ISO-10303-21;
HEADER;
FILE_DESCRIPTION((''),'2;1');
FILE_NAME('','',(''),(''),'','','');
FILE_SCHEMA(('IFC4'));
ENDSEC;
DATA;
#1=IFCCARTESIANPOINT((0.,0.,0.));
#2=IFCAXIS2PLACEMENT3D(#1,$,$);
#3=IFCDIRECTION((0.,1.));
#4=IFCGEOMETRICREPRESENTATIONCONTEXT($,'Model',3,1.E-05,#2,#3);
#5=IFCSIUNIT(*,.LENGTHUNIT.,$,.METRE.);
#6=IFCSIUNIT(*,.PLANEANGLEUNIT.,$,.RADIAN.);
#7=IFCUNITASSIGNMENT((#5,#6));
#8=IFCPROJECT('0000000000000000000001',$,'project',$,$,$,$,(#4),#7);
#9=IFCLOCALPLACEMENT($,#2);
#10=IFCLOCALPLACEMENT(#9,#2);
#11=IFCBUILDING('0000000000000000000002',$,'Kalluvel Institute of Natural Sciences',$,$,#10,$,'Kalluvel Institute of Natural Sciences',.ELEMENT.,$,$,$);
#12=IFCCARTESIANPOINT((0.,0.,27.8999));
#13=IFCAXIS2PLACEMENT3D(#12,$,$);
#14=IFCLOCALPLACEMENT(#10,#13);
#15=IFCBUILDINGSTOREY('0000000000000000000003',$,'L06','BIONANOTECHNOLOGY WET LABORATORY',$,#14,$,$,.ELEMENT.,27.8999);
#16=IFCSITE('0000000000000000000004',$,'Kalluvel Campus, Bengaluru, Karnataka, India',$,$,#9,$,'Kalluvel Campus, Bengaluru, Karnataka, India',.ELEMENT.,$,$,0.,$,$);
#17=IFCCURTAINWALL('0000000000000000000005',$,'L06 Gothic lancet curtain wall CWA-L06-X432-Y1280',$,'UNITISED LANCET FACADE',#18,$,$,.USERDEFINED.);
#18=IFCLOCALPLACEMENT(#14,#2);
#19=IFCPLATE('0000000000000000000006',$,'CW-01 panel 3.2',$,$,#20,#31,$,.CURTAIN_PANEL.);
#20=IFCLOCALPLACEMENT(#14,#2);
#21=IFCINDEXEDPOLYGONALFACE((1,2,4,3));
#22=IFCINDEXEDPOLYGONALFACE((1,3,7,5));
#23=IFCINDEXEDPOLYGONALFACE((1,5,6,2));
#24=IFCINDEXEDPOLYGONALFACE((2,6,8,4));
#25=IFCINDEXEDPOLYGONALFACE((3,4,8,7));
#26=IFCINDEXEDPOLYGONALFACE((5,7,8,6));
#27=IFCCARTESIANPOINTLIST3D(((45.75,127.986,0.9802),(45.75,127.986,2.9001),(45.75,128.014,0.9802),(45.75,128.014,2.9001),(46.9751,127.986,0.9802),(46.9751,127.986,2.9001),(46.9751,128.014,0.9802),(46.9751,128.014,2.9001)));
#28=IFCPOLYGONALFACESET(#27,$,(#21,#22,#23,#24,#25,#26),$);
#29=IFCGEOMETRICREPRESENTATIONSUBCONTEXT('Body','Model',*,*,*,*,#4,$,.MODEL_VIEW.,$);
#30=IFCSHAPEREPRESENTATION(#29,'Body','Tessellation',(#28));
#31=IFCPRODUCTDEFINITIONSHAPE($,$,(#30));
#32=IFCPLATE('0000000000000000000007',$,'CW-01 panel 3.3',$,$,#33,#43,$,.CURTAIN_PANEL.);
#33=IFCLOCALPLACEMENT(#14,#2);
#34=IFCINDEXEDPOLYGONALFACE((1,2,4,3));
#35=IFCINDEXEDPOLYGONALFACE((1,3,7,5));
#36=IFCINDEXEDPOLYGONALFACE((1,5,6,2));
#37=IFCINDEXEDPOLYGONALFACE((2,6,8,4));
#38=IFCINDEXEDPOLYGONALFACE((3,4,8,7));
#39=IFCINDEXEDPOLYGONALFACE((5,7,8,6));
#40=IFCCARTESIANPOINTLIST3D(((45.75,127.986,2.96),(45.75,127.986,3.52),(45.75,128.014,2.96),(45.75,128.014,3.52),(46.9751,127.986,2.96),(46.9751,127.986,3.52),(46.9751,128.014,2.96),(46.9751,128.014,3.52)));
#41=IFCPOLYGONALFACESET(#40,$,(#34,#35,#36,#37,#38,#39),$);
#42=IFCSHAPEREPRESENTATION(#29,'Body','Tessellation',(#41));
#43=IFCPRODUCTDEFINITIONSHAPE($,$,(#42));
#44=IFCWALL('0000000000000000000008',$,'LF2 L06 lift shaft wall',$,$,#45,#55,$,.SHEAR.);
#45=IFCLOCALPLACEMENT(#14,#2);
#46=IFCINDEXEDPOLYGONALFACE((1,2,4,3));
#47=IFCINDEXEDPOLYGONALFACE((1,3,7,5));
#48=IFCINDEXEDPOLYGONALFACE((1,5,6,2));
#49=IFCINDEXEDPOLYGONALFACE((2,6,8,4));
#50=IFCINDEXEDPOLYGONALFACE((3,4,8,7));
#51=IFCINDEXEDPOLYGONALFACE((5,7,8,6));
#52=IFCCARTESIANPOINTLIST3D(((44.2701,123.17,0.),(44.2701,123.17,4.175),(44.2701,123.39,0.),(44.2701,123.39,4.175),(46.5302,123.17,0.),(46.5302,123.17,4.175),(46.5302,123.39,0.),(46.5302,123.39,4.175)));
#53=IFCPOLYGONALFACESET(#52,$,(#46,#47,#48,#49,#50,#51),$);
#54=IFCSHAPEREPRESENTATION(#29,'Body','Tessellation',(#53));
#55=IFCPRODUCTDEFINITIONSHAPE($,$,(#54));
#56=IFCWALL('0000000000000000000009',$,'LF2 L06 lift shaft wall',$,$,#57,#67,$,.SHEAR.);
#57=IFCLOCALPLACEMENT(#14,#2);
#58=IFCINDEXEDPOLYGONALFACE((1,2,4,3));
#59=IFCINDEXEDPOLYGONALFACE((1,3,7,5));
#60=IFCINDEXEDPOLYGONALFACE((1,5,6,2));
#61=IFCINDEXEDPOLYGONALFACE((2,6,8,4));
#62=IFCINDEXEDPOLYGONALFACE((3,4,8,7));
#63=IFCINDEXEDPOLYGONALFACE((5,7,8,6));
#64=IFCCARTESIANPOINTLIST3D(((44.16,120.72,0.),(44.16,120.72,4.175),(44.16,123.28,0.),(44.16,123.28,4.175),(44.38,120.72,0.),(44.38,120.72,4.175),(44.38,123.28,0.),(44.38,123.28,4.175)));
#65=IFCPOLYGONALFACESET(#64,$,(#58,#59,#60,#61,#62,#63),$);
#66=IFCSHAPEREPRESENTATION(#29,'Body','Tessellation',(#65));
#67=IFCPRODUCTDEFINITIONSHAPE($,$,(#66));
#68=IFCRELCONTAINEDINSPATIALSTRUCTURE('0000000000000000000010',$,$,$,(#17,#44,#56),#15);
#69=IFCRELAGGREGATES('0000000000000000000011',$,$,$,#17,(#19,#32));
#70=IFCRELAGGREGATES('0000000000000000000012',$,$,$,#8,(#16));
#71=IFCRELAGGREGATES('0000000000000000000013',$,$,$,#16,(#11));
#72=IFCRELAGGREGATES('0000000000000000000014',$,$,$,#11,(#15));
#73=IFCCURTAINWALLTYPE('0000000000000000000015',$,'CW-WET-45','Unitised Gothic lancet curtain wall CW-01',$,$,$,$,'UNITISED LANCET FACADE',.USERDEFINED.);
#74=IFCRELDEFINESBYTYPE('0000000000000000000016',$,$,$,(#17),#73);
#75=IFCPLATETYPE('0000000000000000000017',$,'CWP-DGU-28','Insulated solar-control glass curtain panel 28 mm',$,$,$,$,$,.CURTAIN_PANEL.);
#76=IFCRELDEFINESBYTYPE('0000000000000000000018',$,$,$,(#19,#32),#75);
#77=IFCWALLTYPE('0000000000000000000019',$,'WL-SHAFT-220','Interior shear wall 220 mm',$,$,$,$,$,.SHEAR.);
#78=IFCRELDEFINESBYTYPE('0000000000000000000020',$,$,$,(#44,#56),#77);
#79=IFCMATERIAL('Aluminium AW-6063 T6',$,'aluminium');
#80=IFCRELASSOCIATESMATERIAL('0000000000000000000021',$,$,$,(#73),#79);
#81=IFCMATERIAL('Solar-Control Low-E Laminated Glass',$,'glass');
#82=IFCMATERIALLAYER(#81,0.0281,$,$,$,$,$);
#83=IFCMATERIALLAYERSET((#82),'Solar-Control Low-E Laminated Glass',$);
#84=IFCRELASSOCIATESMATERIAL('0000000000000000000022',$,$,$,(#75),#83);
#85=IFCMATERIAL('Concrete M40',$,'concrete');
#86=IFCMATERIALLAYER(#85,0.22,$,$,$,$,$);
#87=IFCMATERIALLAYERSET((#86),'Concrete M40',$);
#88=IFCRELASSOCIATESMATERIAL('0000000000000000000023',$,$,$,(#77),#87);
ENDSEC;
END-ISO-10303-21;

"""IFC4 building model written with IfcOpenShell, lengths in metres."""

from ifc_helpers import new_model, si_unit, direction, frame, frame_2d, origin, origin_2d, place, context, subcontext, project, spatial, rectangle, extrude, material, layer, layer_set, type_object, element, aggregate, save


model = new_model("IFC4")

# Units and contexts
model_context = context("Model", 3, precision=1e-05, world=origin(), true_north=direction((0.0, 1.0)))
body_context = subcontext(model_context, "Body", "Model", "MODEL_VIEW")
ifc_project = project(units=[si_unit("LENGTHUNIT", "METRE"), si_unit("PLANEANGLEUNIT", "RADIAN")], contexts=[model_context])

# Site, building, storey
site_placement = place(None, origin())
site = spatial("IfcSite", under=ifc_project, at=site_placement, Name="Kalluvel Campus, Bengaluru, Karnataka, India", LongName="Kalluvel Campus, Bengaluru, Karnataka, India", CompositionType="ELEMENT", RefElevation=0.0)
building_placement = place(site_placement, origin())
building = spatial("IfcBuilding", under=site, at=building_placement, Name="Kalluvel Institute of Natural Sciences", LongName="Kalluvel Institute of Natural Sciences", CompositionType="ELEMENT")
storey_placement = place(building_placement, frame((0.0, 0.0, 27.8999)))
storey = spatial("IfcBuildingStorey", under=building, at=storey_placement, Name="L06", Description="BIONANOTECHNOLOGY WET LABORATORY", CompositionType="ELEMENT", Elevation=27.8999)

# Curtain wall, plates
ifc_material_1 = material(Name="Aluminium AW-6063 T6", Category="aluminium")
curtain_wall_type = type_object("IfcCurtainWallType", Name="CW-WET-45", Description="Unitised Gothic lancet curtain wall CW-01", ElementType="UNITISED LANCET FACADE", PredefinedType="USERDEFINED", material=ifc_material_1)
curtain_wall_placement = place(storey_placement, origin())
curtain_wall = element("IfcCurtainWall", 1, at=curtain_wall_placement, inside=storey, type_object=curtain_wall_type, Name="L06 Gothic lancet curtain wall CWA-L06-X432-Y1280", ObjectType="UNITISED LANCET FACADE", PredefinedType="USERDEFINED")
ifc_material_2 = material(Name="Solar-Control Low-E Laminated Glass", Category="glass")
ifc_layer_1 = layer(ifc_material_2, 0.0281)
ifc_layer_set_1 = layer_set([ifc_layer_1], Name="Solar-Control Low-E Laminated Glass")
plate_type = type_object("IfcPlateType", Name="CWP-DGU-28", Description="Insulated solar-control glass curtain panel 28 mm", PredefinedType="CURTAIN_PANEL", material=ifc_layer_set_1)
plate_1_placement = place(storey_placement, frame((46.3625, 128.0, 0.9802), z_axis=(0.0, 0.0, 1.0), x_axis=(1.0, 0.0, 0.0)))
plate_1 = element("IfcPlate", 2, at=plate_1_placement, type_object=plate_type, Name="CW-01 panel 3.2", PredefinedType="CURTAIN_PANEL", context=body_context, shape_type="SweptSolid", body=[
    extrude(rectangle(XDim=1.2251, YDim=0.0281, at=origin_2d()), origin(), (0.0, 0.0, 1.0), 1.9199),
])
plate_2_placement = place(storey_placement, frame((46.3625, 128.0, 2.96), z_axis=(0.0, 0.0, 1.0), x_axis=(1.0, 0.0, 0.0)))
plate_2 = element("IfcPlate", 3, at=plate_2_placement, type_object=plate_type, Name="CW-01 panel 3.3", PredefinedType="CURTAIN_PANEL", context=body_context, shape_type="SweptSolid", body=[
    extrude(rectangle(XDim=1.2251, YDim=0.0281, at=origin_2d()), origin(), (0.0, 0.0, 1.0), 0.5601),
])
aggregate(curtain_wall, [plate_1, plate_2])

# Walls
ifc_material_3 = material(Name="Concrete M40", Category="concrete")
ifc_layer_2 = layer(ifc_material_3, 0.22)
ifc_layer_set_2 = layer_set([ifc_layer_2], Name="Concrete M40")
wall_type = type_object("IfcWallType", Name="WL-SHAFT-220", Description="Interior shear wall 220 mm", PredefinedType="SHEAR", material=ifc_layer_set_2)
wall_1_placement = place(storey_placement, frame((46.53, 123.28, 0.0), z_axis=(0.0, 0.0, 1.0), x_axis=(-1.0, 0.0, 0.0)))
element("IfcWall", 4, at=wall_1_placement, inside=storey, type_object=wall_type, Name="LF2 L06 lift shaft wall", PredefinedType="SHEAR", context=body_context, shape_type="SweptSolid", body=[
    extrude(rectangle(XDim=2.26, YDim=0.22, at=frame_2d((1.1299, 0.0))), origin(), (0.0, 0.0, 1.0), 4.175),
])
wall_2_placement = place(storey_placement, frame((44.27, 123.28, 0.0), z_axis=(0.0, 0.0, 1.0), x_axis=(0.0, -1.0, 0.0)))
element("IfcWall", 5, at=wall_2_placement, inside=storey, type_object=wall_type, Name="LF2 L06 lift shaft wall", PredefinedType="SHEAR", context=body_context, shape_type="SweptSolid", body=[
    extrude(rectangle(XDim=2.5601, YDim=0.22, at=frame_2d((1.28, 0.0))), origin(), (0.0, 0.0, 1.0), 4.175),
])

save(model, "model.ifc")
